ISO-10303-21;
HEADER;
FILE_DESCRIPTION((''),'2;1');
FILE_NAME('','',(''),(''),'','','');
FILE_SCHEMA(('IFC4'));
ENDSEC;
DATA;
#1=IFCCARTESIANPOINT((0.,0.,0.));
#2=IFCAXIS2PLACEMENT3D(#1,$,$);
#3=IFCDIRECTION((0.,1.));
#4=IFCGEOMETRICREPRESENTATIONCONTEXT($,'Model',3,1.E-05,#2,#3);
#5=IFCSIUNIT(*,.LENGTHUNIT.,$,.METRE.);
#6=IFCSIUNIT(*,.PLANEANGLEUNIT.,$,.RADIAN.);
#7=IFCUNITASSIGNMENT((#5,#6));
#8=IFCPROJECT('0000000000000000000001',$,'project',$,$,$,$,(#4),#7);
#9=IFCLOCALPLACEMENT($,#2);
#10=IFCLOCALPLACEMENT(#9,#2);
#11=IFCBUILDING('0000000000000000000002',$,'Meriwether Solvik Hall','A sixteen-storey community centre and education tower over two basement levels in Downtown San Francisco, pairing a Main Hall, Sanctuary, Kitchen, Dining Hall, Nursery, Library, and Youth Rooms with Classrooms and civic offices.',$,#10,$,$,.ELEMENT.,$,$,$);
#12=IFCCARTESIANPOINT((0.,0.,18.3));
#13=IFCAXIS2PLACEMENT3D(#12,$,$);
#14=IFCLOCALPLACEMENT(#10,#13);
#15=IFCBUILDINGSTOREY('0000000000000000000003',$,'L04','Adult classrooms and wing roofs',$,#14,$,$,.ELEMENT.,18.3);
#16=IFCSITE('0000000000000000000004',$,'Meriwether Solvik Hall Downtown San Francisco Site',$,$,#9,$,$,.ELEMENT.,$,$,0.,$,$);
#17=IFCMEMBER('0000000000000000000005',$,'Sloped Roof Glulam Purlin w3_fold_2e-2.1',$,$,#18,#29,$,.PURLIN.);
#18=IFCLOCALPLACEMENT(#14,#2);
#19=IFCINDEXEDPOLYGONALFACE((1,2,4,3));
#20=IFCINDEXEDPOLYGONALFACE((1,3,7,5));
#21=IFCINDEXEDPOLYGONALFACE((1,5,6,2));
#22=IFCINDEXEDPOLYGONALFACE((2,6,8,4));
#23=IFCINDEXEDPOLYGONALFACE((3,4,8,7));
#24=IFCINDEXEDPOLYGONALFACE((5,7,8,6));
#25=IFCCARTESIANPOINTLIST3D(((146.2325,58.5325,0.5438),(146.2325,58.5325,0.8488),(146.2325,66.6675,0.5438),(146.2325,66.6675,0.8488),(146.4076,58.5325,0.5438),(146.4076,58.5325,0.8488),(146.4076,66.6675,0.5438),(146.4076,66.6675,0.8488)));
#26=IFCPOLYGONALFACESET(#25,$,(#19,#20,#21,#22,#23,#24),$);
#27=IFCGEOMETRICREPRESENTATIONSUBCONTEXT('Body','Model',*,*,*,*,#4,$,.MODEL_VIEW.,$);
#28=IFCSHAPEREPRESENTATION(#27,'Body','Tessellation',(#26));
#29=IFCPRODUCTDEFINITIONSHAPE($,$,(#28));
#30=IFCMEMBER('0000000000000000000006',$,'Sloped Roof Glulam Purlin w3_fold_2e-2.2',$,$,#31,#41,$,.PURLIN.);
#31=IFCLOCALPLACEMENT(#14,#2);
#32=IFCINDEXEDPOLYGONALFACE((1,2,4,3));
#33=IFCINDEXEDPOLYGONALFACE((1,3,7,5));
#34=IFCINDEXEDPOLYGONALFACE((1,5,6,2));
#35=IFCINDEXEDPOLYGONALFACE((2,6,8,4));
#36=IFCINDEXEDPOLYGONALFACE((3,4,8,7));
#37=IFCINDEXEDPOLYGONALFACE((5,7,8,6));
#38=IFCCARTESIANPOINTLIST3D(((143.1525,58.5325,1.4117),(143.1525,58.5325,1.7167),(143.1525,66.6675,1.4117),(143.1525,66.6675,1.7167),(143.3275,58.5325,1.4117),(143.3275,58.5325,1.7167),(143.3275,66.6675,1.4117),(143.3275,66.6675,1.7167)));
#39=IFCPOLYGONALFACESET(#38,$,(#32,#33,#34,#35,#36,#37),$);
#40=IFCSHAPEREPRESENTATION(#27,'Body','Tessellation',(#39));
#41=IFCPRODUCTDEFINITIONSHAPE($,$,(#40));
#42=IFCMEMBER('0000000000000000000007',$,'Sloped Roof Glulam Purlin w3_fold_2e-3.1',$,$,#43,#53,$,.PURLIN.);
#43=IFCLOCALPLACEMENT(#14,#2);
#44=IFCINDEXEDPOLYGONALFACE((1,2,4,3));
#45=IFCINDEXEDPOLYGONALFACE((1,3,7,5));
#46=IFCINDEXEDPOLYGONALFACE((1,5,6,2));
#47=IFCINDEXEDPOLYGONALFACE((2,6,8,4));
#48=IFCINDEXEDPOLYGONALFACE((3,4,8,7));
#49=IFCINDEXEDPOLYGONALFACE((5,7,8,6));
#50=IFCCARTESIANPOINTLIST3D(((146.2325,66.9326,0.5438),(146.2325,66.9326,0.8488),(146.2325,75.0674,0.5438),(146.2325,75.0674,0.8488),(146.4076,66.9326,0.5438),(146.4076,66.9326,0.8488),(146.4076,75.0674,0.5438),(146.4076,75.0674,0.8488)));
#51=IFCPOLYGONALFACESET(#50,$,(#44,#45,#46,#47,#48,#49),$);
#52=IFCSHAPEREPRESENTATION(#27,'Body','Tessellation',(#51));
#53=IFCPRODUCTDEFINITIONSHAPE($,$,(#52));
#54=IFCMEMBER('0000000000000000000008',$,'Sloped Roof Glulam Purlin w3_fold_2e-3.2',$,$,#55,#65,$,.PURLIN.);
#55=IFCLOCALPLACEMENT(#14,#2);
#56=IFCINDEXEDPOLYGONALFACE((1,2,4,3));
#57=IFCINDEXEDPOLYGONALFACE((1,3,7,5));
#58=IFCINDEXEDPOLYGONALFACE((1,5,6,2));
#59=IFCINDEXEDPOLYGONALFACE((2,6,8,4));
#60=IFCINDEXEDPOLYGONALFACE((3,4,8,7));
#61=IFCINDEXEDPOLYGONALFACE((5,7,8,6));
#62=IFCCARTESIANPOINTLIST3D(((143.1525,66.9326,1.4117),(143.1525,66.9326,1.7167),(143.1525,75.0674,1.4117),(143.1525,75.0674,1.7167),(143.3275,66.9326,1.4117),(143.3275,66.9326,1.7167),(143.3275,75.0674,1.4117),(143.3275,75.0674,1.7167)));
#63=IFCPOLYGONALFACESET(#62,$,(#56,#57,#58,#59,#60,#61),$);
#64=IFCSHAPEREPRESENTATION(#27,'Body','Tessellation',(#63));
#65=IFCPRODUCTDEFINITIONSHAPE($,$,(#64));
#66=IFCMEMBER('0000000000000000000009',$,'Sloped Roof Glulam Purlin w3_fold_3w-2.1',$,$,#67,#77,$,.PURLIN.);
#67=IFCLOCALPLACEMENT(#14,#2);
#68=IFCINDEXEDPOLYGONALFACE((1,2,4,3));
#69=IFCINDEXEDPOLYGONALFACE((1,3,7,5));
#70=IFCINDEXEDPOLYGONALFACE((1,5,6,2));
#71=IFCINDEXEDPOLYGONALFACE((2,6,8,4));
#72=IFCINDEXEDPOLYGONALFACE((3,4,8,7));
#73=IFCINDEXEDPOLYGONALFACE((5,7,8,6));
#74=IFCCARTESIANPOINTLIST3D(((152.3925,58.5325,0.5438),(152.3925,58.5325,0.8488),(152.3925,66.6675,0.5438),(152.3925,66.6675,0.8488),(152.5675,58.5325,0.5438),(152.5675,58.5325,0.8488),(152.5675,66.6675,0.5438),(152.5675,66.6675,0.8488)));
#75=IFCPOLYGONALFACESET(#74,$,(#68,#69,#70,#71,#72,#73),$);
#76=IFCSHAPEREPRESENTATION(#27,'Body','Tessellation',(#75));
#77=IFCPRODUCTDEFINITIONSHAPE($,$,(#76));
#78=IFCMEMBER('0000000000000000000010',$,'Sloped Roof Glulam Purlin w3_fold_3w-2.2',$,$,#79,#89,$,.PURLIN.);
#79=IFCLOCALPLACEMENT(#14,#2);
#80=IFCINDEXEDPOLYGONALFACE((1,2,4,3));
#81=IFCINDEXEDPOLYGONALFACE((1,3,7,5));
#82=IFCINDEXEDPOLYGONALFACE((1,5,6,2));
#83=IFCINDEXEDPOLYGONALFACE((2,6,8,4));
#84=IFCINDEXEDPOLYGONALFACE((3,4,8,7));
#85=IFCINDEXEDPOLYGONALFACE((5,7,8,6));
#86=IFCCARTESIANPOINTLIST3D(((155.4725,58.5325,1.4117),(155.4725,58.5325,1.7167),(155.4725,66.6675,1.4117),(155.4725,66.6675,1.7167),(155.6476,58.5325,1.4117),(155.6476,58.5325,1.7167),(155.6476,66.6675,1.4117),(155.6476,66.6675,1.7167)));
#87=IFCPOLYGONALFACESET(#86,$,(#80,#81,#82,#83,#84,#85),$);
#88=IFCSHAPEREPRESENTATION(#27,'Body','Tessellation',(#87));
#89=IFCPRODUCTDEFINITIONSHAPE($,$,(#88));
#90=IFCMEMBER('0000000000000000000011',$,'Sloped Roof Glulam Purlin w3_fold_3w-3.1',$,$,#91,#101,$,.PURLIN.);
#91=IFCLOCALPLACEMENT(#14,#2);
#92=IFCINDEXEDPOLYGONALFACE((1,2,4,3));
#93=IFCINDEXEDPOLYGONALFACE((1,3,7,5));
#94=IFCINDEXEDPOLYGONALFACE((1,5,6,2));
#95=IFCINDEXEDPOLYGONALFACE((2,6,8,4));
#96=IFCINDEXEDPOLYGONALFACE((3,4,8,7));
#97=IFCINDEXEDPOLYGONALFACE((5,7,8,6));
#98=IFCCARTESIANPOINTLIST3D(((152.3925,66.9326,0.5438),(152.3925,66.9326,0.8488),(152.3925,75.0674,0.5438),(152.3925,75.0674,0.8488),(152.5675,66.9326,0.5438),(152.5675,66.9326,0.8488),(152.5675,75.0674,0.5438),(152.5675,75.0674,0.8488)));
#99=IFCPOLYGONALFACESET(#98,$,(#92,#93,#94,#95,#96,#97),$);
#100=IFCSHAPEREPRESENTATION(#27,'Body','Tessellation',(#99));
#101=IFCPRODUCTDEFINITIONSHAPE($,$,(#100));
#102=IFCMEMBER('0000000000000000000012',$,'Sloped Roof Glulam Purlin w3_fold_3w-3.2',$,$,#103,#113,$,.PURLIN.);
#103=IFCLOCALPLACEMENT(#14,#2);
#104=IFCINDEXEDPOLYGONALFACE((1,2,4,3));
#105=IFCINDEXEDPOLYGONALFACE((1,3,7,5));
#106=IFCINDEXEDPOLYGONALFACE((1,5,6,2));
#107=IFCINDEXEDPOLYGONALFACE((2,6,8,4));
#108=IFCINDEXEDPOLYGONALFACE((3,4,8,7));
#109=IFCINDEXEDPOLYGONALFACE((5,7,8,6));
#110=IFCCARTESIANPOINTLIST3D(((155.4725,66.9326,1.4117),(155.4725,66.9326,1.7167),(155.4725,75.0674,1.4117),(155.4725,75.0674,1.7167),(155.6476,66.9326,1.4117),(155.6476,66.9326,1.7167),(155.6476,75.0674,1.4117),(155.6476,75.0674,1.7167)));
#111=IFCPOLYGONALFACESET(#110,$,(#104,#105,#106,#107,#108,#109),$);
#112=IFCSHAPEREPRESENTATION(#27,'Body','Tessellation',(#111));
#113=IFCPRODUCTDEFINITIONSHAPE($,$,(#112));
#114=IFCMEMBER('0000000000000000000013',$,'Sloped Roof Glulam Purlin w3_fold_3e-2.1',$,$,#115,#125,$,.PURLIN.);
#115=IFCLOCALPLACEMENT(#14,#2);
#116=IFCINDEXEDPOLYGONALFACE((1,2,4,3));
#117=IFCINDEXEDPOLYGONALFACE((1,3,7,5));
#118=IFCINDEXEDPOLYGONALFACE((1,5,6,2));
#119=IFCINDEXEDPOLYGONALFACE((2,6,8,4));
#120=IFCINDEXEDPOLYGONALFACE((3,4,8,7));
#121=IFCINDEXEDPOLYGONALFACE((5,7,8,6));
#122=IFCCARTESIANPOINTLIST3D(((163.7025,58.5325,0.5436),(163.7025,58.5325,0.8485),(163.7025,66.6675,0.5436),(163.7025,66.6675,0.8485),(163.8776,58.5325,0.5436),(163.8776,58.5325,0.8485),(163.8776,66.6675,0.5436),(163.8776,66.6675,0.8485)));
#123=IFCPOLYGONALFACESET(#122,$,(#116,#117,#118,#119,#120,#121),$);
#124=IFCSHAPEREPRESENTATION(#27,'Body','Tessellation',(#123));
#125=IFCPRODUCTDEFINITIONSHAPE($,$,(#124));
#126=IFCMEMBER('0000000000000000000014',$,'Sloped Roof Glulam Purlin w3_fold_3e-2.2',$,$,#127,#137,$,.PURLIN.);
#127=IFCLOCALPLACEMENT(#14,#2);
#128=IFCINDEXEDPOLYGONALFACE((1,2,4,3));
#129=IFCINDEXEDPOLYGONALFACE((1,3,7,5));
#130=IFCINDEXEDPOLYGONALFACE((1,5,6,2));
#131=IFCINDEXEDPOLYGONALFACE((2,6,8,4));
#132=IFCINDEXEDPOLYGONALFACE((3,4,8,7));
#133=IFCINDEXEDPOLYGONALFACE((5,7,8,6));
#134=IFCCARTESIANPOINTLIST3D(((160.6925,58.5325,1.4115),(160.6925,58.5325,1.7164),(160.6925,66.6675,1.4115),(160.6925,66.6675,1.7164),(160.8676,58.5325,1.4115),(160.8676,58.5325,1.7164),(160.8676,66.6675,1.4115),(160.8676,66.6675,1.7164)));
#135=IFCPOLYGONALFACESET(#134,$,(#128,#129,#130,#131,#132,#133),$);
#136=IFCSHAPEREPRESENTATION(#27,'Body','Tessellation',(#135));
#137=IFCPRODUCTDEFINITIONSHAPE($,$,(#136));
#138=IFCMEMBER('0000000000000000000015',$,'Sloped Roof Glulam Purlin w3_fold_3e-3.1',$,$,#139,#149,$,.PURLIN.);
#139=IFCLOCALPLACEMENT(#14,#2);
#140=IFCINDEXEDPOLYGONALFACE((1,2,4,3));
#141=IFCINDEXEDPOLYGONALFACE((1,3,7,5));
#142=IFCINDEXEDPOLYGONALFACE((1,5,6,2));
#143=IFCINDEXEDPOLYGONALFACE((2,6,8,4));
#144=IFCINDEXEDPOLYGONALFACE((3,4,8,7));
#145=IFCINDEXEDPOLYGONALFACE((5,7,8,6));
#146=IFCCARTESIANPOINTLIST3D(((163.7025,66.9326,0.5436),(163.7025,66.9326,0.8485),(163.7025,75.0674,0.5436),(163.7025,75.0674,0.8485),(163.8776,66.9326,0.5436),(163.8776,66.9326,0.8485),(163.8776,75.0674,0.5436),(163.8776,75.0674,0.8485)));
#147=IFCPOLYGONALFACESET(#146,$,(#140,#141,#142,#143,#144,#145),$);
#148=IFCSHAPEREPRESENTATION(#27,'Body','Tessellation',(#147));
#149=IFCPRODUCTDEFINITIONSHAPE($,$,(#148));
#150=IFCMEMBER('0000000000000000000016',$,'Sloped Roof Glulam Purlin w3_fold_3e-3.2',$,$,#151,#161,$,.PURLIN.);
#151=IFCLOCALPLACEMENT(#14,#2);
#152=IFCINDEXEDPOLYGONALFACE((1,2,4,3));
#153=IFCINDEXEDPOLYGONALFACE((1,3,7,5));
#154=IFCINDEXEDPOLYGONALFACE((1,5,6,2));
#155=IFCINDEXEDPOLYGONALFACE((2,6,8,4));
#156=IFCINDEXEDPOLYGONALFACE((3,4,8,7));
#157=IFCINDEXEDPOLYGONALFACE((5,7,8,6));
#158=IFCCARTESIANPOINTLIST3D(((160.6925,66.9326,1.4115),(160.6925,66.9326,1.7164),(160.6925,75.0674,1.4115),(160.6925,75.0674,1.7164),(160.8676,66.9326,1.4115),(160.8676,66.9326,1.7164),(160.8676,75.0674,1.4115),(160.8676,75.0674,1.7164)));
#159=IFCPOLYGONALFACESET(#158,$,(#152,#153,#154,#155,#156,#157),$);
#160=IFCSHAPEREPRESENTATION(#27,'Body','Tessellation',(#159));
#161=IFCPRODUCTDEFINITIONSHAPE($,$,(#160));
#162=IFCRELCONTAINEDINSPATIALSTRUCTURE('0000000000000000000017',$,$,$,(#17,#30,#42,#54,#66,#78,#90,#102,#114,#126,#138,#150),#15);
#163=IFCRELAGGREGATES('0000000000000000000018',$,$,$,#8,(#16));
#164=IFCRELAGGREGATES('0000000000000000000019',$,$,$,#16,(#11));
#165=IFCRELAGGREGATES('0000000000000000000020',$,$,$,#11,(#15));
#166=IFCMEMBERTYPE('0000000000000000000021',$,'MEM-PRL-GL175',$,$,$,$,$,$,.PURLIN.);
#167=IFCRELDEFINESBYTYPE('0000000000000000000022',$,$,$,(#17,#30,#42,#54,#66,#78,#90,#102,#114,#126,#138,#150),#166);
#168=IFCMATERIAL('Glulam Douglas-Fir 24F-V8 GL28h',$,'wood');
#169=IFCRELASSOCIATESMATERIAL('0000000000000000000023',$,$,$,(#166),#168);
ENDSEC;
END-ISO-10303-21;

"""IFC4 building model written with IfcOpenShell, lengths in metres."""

from ifc_helpers import new_model, si_unit, direction, frame, origin, origin_2d, place, context, subcontext, project, spatial, rectangle, extrude, material, material_profile, profile_set, type_object, element, save


model = new_model("IFC4")

# Units and contexts
model_context = context("Model", 3, precision=1e-05, world=origin(), true_north=direction((0.0, 1.0)))
body_context = subcontext(model_context, "Body", "Model", "MODEL_VIEW")
ifc_project = project(units=[si_unit("LENGTHUNIT", "METRE"), si_unit("PLANEANGLEUNIT", "RADIAN")], contexts=[model_context])

# Site, building, storey
site_placement = place(None, origin())
site = spatial("IfcSite", under=ifc_project, at=site_placement, Name="Meriwether Solvik Hall Downtown San Francisco Site", CompositionType="ELEMENT", RefElevation=0.0)
building_placement = place(site_placement, origin())
building = spatial("IfcBuilding", under=site, at=building_placement, Name="Meriwether Solvik Hall", Description="A sixteen-storey community centre and education tower over two basement levels in Downtown San Francisco, pairing a Main Hall, Sanctuary, Kitchen, Dining Hall, Nursery, Library, and Youth Rooms with Classrooms and civic offices.", CompositionType="ELEMENT")
storey_placement = place(building_placement, frame((0.0, 0.0, 18.3)))
storey = spatial("IfcBuildingStorey", under=building, at=storey_placement, Name="L04", Description="Adult classrooms and wing roofs", CompositionType="ELEMENT", Elevation=18.3)

# Members
ifc_material_1 = material(Name="Glulam Douglas-Fir 24F-V8 GL28h", Category="wood")
ifc_material_profile_1 = material_profile(ifc_material_1, rectangle(XDim=0.175, YDim=0.3049, at=origin_2d()), Name="GLM-175X305")
ifc_profile_set_1 = profile_set([ifc_material_profile_1], Name="Glulam Douglas-Fir 24F-V8 GL28h")
member_type = type_object("IfcMemberType", Name="MEM-PRL-GL175", PredefinedType="PURLIN", material=ifc_profile_set_1)
for number, where, z_axis, x_axis, name in (
    (1, (146.3201, 58.5325, 0.6963), (0.0, 1.0, 0.0), (-1.0, 0.0, 0.0), "Sloped Roof Glulam Purlin w3_fold_2e-2.1"),
    (2, (143.24, 58.5325, 1.5642), (0.0, 1.0, 0.0), (-1.0, 0.0, 0.0), "Sloped Roof Glulam Purlin w3_fold_2e-2.2"),
):
    element("IfcMember", number, at=place(storey_placement, frame(where, z_axis=z_axis, x_axis=x_axis)), inside=storey, type_object=member_type, Name=name, PredefinedType="PURLIN", context=body_context, shape_type="SweptSolid", body=[
        extrude(rectangle(XDim=0.175, YDim=0.3049, at=origin_2d()), origin(), (0.0, 0.0, 1.0), 8.135),
    ])
for number, where, z_axis, x_axis, name in (
    (3, (146.3201, 66.9326, 0.6963), (0.0, 1.0, 0.0), (-1.0, 0.0, 0.0), "Sloped Roof Glulam Purlin w3_fold_2e-3.1"),
    (4, (143.24, 66.9326, 1.5642), (0.0, 1.0, 0.0), (-1.0, 0.0, 0.0), "Sloped Roof Glulam Purlin w3_fold_2e-3.2"),
):
    element("IfcMember", number, at=place(storey_placement, frame(where, z_axis=z_axis, x_axis=x_axis)), inside=storey, type_object=member_type, Name=name, PredefinedType="PURLIN", context=body_context, shape_type="SweptSolid", body=[
        extrude(rectangle(XDim=0.175, YDim=0.3049, at=origin_2d()), origin(), (0.0, 0.0, 1.0), 8.1348),
    ])
for number, where, z_axis, x_axis, name in (
    (5, (152.48, 58.5325, 0.6963), (0.0, 1.0, 0.0), (-1.0, 0.0, 0.0), "Sloped Roof Glulam Purlin w3_fold_3w-2.1"),
    (6, (155.5601, 58.5325, 1.5642), (0.0, 1.0, 0.0), (-1.0, 0.0, 0.0), "Sloped Roof Glulam Purlin w3_fold_3w-2.2"),
):
    element("IfcMember", number, at=place(storey_placement, frame(where, z_axis=z_axis, x_axis=x_axis)), inside=storey, type_object=member_type, Name=name, PredefinedType="PURLIN", context=body_context, shape_type="SweptSolid", body=[
        extrude(rectangle(XDim=0.175, YDim=0.3049, at=origin_2d()), origin(), (0.0, 0.0, 1.0), 8.135),
    ])
for number, where, z_axis, x_axis, name in (
    (7, (152.48, 66.9326, 0.6963), (0.0, 1.0, 0.0), (-1.0, 0.0, 0.0), "Sloped Roof Glulam Purlin w3_fold_3w-3.1"),
    (8, (155.5601, 66.9326, 1.5642), (0.0, 1.0, 0.0), (-1.0, 0.0, 0.0), "Sloped Roof Glulam Purlin w3_fold_3w-3.2"),
):
    element("IfcMember", number, at=place(storey_placement, frame(where, z_axis=z_axis, x_axis=x_axis)), inside=storey, type_object=member_type, Name=name, PredefinedType="PURLIN", context=body_context, shape_type="SweptSolid", body=[
        extrude(rectangle(XDim=0.175, YDim=0.3049, at=origin_2d()), origin(), (0.0, 0.0, 1.0), 8.1348),
    ])
for number, where, z_axis, x_axis, name in (
    (9, (163.79, 58.5325, 0.696), (0.0, 1.0, 0.0), (-1.0, 0.0, 0.0), "Sloped Roof Glulam Purlin w3_fold_3e-2.1"),
    (10, (160.78, 58.5325, 1.564), (0.0, 1.0, 0.0), (-1.0, 0.0, 0.0), "Sloped Roof Glulam Purlin w3_fold_3e-2.2"),
):
    element("IfcMember", number, at=place(storey_placement, frame(where, z_axis=z_axis, x_axis=x_axis)), inside=storey, type_object=member_type, Name=name, PredefinedType="PURLIN", context=body_context, shape_type="SweptSolid", body=[
        extrude(rectangle(XDim=0.175, YDim=0.3049, at=origin_2d()), origin(), (0.0, 0.0, 1.0), 8.135),
    ])
for number, where, z_axis, x_axis, name in (
    (11, (163.79, 66.9326, 0.696), (0.0, 1.0, 0.0), (-1.0, 0.0, 0.0), "Sloped Roof Glulam Purlin w3_fold_3e-3.1"),
    (12, (160.78, 66.9326, 1.564), (0.0, 1.0, 0.0), (-1.0, 0.0, 0.0), "Sloped Roof Glulam Purlin w3_fold_3e-3.2"),
):
    element("IfcMember", number, at=place(storey_placement, frame(where, z_axis=z_axis, x_axis=x_axis)), inside=storey, type_object=member_type, Name=name, PredefinedType="PURLIN", context=body_context, shape_type="SweptSolid", body=[
        extrude(rectangle(XDim=0.175, YDim=0.3049, at=origin_2d()), origin(), (0.0, 0.0, 1.0), 8.1348),
    ])

save(model, "model.ifc")
